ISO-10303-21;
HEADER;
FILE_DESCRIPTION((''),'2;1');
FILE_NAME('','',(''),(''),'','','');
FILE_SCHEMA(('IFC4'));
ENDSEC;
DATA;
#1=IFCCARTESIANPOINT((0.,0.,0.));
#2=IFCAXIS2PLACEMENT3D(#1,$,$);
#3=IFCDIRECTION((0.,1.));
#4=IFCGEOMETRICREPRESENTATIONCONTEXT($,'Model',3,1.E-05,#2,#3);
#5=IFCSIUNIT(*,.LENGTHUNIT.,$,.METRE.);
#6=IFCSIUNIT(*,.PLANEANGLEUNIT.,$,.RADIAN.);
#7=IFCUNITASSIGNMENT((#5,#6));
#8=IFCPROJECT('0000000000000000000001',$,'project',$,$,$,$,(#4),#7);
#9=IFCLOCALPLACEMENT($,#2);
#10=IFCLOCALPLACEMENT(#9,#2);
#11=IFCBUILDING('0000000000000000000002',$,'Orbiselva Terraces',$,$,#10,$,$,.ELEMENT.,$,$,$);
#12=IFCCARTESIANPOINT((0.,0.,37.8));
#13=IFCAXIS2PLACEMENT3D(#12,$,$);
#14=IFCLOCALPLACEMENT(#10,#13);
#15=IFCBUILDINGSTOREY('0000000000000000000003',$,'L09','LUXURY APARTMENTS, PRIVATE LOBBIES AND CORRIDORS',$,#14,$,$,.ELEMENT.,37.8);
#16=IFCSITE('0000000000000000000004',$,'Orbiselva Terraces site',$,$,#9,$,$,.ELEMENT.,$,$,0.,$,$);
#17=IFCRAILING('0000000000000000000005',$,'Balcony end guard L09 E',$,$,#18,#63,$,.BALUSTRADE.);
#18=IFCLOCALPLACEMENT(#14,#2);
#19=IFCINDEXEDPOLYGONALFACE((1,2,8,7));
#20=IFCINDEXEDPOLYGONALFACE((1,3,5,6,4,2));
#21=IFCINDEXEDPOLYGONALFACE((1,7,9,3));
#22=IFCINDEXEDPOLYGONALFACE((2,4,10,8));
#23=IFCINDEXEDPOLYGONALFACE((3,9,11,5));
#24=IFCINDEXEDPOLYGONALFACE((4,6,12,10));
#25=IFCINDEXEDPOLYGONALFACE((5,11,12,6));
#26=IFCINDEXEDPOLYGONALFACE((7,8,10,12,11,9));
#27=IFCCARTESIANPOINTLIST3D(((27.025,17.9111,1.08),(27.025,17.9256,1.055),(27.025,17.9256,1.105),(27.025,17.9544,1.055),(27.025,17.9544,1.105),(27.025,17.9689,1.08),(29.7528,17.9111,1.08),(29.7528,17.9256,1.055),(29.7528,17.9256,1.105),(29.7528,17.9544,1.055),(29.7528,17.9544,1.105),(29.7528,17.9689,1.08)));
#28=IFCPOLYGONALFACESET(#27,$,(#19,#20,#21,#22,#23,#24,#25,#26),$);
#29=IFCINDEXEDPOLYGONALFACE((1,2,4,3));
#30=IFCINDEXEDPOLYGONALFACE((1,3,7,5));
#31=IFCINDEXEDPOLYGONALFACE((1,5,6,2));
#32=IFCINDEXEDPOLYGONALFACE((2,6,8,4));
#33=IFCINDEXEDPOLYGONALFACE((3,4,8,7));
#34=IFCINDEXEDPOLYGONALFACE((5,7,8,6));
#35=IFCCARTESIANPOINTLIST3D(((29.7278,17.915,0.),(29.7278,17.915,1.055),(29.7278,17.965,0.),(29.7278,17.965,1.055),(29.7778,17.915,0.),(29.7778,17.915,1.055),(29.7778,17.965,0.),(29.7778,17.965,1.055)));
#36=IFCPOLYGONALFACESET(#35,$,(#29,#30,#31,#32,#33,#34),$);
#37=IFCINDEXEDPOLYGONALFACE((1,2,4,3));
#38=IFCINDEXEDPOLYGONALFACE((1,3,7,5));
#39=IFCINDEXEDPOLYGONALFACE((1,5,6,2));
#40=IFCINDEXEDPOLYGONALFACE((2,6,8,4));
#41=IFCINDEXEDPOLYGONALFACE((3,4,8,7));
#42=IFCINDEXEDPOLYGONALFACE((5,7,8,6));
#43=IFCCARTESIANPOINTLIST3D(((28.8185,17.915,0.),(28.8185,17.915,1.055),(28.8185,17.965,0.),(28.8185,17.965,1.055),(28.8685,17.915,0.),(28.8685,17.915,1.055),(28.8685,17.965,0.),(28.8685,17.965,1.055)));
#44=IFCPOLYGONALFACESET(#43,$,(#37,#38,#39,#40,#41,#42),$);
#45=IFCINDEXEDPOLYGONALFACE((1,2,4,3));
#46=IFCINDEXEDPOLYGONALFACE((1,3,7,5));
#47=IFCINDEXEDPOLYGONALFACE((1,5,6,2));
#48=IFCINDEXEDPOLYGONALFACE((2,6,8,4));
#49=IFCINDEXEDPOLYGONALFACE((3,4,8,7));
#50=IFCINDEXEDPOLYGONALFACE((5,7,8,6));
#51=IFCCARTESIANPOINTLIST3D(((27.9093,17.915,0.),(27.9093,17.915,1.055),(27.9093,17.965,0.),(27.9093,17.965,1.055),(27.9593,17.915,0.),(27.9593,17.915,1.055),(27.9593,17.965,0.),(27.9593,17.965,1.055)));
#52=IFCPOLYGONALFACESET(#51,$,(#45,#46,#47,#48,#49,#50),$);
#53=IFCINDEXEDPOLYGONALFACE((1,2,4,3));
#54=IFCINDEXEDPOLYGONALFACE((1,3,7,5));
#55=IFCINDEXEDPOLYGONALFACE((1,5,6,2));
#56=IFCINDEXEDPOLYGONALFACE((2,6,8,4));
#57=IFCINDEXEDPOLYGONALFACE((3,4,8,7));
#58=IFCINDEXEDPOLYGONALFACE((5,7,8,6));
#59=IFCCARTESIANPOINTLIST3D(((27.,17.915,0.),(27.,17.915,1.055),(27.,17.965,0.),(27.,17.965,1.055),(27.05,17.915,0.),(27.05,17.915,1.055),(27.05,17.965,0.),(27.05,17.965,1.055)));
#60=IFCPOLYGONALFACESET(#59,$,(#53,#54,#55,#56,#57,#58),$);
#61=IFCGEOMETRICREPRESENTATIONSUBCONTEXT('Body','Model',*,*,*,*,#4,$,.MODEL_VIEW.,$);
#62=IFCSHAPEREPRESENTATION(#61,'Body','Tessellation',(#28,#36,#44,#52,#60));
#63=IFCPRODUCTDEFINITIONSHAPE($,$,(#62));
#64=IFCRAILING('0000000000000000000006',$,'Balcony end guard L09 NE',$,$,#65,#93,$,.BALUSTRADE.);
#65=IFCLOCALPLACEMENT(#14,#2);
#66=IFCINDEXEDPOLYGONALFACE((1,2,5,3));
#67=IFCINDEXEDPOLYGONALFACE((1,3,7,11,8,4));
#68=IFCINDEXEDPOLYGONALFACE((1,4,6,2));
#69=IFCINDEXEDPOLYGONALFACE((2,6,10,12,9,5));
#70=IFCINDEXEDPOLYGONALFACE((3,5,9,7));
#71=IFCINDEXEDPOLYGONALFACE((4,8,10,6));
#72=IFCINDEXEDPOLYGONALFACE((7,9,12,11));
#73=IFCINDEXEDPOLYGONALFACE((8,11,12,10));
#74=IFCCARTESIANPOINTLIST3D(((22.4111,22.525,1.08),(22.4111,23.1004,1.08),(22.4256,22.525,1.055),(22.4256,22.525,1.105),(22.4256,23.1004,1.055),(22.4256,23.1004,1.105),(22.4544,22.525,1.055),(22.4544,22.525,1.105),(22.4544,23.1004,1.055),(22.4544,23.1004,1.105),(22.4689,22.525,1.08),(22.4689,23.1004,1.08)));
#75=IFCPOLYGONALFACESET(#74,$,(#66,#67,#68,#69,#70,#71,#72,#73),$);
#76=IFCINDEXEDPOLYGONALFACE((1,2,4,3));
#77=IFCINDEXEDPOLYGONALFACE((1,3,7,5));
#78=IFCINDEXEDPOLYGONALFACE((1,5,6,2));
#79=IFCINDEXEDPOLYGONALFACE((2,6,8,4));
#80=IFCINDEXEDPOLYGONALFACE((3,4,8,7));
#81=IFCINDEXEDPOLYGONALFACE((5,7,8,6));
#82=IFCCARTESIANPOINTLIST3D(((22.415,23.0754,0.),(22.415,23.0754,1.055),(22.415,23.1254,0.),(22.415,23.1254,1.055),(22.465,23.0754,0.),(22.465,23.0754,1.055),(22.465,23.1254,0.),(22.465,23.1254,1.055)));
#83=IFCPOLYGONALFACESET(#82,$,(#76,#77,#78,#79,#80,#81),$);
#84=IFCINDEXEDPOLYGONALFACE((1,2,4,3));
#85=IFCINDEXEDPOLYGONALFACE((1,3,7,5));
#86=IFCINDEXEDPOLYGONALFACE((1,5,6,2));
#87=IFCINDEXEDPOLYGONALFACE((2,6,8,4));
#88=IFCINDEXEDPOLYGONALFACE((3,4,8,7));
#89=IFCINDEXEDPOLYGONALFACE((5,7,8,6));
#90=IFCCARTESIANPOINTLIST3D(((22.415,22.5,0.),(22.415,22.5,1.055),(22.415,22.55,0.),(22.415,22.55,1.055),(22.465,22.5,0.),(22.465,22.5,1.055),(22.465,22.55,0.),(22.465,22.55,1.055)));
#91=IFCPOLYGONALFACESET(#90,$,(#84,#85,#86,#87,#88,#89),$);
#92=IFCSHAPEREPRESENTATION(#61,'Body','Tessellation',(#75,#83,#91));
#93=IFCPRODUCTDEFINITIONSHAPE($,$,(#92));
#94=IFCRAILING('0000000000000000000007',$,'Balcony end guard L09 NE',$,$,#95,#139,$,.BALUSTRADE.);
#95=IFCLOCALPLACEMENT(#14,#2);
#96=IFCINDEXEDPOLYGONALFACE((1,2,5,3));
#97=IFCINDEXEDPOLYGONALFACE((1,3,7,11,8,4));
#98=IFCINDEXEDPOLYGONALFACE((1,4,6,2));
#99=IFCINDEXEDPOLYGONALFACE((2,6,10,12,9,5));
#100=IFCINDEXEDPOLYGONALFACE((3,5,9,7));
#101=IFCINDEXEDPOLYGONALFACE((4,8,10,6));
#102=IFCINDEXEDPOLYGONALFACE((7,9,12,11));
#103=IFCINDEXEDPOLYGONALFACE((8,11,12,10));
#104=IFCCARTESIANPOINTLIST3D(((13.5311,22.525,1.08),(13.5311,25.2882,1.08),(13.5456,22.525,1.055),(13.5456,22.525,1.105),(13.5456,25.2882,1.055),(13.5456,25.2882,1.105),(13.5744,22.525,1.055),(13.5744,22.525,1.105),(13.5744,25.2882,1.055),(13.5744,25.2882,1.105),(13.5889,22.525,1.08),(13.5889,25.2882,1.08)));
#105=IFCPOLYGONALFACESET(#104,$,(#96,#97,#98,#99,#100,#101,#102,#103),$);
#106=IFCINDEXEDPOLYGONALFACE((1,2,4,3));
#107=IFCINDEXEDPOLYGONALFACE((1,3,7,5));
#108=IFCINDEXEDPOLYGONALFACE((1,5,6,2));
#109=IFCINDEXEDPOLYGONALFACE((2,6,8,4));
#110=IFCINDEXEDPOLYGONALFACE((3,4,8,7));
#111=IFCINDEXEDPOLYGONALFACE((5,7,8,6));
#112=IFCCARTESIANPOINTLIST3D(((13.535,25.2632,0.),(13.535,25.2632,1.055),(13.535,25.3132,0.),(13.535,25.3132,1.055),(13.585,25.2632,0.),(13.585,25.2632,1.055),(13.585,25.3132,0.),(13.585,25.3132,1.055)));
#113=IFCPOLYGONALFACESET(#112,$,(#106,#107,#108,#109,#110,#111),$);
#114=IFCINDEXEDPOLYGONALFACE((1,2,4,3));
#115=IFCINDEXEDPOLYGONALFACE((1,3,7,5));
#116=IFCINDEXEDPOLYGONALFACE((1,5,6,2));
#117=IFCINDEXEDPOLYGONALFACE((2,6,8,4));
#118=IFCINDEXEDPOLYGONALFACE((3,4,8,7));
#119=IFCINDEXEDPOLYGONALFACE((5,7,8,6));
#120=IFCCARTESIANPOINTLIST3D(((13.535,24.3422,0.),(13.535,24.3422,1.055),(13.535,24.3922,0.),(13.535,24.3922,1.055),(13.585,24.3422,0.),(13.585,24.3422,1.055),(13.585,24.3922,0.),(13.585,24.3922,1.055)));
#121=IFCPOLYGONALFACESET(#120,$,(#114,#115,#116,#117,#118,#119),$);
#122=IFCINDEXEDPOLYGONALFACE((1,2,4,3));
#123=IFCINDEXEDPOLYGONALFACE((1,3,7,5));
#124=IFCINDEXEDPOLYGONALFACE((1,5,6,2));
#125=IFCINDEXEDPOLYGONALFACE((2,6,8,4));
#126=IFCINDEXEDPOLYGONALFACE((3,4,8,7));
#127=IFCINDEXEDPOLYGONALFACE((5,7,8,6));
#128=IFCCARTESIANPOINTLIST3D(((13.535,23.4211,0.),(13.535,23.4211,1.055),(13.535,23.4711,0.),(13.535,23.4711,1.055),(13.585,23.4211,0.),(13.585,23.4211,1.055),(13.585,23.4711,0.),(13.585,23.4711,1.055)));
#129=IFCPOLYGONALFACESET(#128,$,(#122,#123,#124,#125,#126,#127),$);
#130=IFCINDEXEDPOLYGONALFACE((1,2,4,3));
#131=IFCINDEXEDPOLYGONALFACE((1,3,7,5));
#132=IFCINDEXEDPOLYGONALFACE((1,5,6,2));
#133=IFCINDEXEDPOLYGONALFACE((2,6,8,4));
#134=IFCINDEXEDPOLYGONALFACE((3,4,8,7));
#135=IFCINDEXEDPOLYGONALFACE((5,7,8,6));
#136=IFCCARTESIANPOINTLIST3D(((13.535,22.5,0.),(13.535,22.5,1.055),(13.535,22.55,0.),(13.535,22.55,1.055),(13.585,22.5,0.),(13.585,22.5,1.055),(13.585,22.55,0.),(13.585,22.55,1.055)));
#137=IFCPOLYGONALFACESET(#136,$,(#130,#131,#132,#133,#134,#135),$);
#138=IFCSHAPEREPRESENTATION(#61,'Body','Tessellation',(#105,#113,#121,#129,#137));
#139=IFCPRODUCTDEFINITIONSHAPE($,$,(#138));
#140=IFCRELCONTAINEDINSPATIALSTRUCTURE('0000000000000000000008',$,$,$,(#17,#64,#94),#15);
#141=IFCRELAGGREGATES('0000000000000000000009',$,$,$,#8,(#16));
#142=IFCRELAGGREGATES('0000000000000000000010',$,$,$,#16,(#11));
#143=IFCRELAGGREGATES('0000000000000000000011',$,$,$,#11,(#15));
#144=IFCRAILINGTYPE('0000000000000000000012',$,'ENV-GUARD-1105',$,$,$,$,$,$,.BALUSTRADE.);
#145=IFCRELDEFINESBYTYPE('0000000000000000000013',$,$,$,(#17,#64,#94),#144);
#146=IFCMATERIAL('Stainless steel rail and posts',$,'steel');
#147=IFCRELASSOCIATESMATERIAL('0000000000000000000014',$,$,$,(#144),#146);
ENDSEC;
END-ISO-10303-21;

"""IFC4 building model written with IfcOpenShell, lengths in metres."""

from ifc_helpers import new_model, si_unit, direction, frame, origin, origin_2d, place, context, subcontext, project, spatial, polyline, rectangle, outline, extrude, material, type_object, element, save


model = new_model("IFC4")

# Units and contexts
model_context = context("Model", 3, precision=1e-05, world=origin(), true_north=direction((0.0, 1.0)))
body_context = subcontext(model_context, "Body", "Model", "MODEL_VIEW")
ifc_project = project(units=[si_unit("LENGTHUNIT", "METRE"), si_unit("PLANEANGLEUNIT", "RADIAN")], contexts=[model_context])

# Site, building, storey
site_placement = place(None, origin())
site = spatial("IfcSite", under=ifc_project, at=site_placement, Name="Orbiselva Terraces site", CompositionType="ELEMENT", RefElevation=0.0)
building_placement = place(site_placement, origin())
building = spatial("IfcBuilding", under=site, at=building_placement, Name="Orbiselva Terraces", CompositionType="ELEMENT")
storey_placement = place(building_placement, frame((0.0, 0.0, 37.8)))
storey = spatial("IfcBuildingStorey", under=building, at=storey_placement, Name="L09", Description="LUXURY APARTMENTS, PRIVATE LOBBIES AND CORRIDORS", CompositionType="ELEMENT", Elevation=37.8)

# Railings
ifc_material_1 = material(Name="Stainless steel rail and posts", Category="steel")
railing_type_1 = type_object("IfcRailingType", Name="ENV-GUARD-1105", PredefinedType="BALUSTRADE", material=ifc_material_1)
railing_1_placement = place(storey_placement, frame((29.7528, 17.94, 0.0)))
element("IfcRailing", 1, at=railing_1_placement, inside=storey, type_object=railing_type_1, Name="Balcony end guard L09 E", PredefinedType="BALUSTRADE", context=body_context, shape_type="SweptSolid", body=[
    extrude(outline(polyline([(0.0289, 0.0), (0.0144, 0.025), (-0.0144, 0.025), (-0.0289, 0.0), (-0.0144, -0.025), (0.0144, -0.025), (0.0289, 0.0)])), frame((0.0, 0.0, 1.08), z_axis=(-1.0, 0.0, 0.0), x_axis=(0.0, -1.0, 0.0)), (0.0, 0.0, 1.0), 2.7278),
    extrude(rectangle(XDim=0.05, YDim=0.05, at=origin_2d()), origin(), (0.0, 0.0, 1.0), 1.055),
    extrude(rectangle(XDim=0.05, YDim=0.05, at=origin_2d()), frame((-0.9093, 0.0, 0.0)), (0.0, 0.0, 1.0), 1.055),
    extrude(rectangle(XDim=0.05, YDim=0.05, at=origin_2d()), frame((-1.8185, 0.0, 0.0)), (0.0, 0.0, 1.0), 1.055),
    extrude(rectangle(XDim=0.05, YDim=0.05, at=origin_2d()), frame((-2.7278, 0.0, 0.0)), (0.0, 0.0, 1.0), 1.055),
])
railing_2_placement = place(storey_placement, frame((22.44, 23.1004, 0.0)))
element("IfcRailing", 2, at=railing_2_placement, inside=storey, type_object=railing_type_1, Name="Balcony end guard L09 NE", PredefinedType="BALUSTRADE", context=body_context, shape_type="SweptSolid", body=[
    extrude(outline(polyline([(0.0289, 0.0), (0.0144, 0.025), (-0.0144, 0.025), (-0.0289, 0.0), (-0.0144, -0.025), (0.0144, -0.025), (0.0289, 0.0)])), frame((0.0, 0.0, 1.08), z_axis=(0.0, -1.0, 0.0), x_axis=(1.0, 0.0, 0.0)), (0.0, 0.0, 1.0), 0.5754),
    extrude(rectangle(XDim=0.05, YDim=0.05, at=origin_2d()), origin(), (0.0, 0.0, 1.0), 1.055),
    extrude(rectangle(XDim=0.05, YDim=0.05, at=origin_2d()), frame((0.0, -0.5754, 0.0)), (0.0, 0.0, 1.0), 1.055),
])
railing_3_placement = place(storey_placement, frame((13.56, 25.2882, 0.0)))
element("IfcRailing", 3, at=railing_3_placement, inside=storey, type_object=railing_type_1, Name="Balcony end guard L09 NE", PredefinedType="BALUSTRADE", context=body_context, shape_type="SweptSolid", body=[
    extrude(outline(polyline([(0.0289, 0.0), (0.0144, 0.025), (-0.0144, 0.025), (-0.0289, 0.0), (-0.0144, -0.025), (0.0144, -0.025), (0.0289, 0.0)])), frame((0.0, 0.0, 1.08), z_axis=(0.0, -1.0, 0.0), x_axis=(1.0, 0.0, 0.0)), (0.0, 0.0, 1.0), 2.7632),
    extrude(rectangle(XDim=0.05, YDim=0.05, at=origin_2d()), origin(), (0.0, 0.0, 1.0), 1.055),
    extrude(rectangle(XDim=0.05, YDim=0.05, at=origin_2d()), frame((0.0, -0.9211, 0.0)), (0.0, 0.0, 1.0), 1.055),
    extrude(rectangle(XDim=0.05, YDim=0.05, at=origin_2d()), frame((0.0, -1.8422, 0.0)), (0.0, 0.0, 1.0), 1.055),
    extrude(rectangle(XDim=0.05, YDim=0.05, at=origin_2d()), frame((0.0, -2.7632, 0.0)), (0.0, 0.0, 1.0), 1.055),
])

save(model, "model.ifc")
